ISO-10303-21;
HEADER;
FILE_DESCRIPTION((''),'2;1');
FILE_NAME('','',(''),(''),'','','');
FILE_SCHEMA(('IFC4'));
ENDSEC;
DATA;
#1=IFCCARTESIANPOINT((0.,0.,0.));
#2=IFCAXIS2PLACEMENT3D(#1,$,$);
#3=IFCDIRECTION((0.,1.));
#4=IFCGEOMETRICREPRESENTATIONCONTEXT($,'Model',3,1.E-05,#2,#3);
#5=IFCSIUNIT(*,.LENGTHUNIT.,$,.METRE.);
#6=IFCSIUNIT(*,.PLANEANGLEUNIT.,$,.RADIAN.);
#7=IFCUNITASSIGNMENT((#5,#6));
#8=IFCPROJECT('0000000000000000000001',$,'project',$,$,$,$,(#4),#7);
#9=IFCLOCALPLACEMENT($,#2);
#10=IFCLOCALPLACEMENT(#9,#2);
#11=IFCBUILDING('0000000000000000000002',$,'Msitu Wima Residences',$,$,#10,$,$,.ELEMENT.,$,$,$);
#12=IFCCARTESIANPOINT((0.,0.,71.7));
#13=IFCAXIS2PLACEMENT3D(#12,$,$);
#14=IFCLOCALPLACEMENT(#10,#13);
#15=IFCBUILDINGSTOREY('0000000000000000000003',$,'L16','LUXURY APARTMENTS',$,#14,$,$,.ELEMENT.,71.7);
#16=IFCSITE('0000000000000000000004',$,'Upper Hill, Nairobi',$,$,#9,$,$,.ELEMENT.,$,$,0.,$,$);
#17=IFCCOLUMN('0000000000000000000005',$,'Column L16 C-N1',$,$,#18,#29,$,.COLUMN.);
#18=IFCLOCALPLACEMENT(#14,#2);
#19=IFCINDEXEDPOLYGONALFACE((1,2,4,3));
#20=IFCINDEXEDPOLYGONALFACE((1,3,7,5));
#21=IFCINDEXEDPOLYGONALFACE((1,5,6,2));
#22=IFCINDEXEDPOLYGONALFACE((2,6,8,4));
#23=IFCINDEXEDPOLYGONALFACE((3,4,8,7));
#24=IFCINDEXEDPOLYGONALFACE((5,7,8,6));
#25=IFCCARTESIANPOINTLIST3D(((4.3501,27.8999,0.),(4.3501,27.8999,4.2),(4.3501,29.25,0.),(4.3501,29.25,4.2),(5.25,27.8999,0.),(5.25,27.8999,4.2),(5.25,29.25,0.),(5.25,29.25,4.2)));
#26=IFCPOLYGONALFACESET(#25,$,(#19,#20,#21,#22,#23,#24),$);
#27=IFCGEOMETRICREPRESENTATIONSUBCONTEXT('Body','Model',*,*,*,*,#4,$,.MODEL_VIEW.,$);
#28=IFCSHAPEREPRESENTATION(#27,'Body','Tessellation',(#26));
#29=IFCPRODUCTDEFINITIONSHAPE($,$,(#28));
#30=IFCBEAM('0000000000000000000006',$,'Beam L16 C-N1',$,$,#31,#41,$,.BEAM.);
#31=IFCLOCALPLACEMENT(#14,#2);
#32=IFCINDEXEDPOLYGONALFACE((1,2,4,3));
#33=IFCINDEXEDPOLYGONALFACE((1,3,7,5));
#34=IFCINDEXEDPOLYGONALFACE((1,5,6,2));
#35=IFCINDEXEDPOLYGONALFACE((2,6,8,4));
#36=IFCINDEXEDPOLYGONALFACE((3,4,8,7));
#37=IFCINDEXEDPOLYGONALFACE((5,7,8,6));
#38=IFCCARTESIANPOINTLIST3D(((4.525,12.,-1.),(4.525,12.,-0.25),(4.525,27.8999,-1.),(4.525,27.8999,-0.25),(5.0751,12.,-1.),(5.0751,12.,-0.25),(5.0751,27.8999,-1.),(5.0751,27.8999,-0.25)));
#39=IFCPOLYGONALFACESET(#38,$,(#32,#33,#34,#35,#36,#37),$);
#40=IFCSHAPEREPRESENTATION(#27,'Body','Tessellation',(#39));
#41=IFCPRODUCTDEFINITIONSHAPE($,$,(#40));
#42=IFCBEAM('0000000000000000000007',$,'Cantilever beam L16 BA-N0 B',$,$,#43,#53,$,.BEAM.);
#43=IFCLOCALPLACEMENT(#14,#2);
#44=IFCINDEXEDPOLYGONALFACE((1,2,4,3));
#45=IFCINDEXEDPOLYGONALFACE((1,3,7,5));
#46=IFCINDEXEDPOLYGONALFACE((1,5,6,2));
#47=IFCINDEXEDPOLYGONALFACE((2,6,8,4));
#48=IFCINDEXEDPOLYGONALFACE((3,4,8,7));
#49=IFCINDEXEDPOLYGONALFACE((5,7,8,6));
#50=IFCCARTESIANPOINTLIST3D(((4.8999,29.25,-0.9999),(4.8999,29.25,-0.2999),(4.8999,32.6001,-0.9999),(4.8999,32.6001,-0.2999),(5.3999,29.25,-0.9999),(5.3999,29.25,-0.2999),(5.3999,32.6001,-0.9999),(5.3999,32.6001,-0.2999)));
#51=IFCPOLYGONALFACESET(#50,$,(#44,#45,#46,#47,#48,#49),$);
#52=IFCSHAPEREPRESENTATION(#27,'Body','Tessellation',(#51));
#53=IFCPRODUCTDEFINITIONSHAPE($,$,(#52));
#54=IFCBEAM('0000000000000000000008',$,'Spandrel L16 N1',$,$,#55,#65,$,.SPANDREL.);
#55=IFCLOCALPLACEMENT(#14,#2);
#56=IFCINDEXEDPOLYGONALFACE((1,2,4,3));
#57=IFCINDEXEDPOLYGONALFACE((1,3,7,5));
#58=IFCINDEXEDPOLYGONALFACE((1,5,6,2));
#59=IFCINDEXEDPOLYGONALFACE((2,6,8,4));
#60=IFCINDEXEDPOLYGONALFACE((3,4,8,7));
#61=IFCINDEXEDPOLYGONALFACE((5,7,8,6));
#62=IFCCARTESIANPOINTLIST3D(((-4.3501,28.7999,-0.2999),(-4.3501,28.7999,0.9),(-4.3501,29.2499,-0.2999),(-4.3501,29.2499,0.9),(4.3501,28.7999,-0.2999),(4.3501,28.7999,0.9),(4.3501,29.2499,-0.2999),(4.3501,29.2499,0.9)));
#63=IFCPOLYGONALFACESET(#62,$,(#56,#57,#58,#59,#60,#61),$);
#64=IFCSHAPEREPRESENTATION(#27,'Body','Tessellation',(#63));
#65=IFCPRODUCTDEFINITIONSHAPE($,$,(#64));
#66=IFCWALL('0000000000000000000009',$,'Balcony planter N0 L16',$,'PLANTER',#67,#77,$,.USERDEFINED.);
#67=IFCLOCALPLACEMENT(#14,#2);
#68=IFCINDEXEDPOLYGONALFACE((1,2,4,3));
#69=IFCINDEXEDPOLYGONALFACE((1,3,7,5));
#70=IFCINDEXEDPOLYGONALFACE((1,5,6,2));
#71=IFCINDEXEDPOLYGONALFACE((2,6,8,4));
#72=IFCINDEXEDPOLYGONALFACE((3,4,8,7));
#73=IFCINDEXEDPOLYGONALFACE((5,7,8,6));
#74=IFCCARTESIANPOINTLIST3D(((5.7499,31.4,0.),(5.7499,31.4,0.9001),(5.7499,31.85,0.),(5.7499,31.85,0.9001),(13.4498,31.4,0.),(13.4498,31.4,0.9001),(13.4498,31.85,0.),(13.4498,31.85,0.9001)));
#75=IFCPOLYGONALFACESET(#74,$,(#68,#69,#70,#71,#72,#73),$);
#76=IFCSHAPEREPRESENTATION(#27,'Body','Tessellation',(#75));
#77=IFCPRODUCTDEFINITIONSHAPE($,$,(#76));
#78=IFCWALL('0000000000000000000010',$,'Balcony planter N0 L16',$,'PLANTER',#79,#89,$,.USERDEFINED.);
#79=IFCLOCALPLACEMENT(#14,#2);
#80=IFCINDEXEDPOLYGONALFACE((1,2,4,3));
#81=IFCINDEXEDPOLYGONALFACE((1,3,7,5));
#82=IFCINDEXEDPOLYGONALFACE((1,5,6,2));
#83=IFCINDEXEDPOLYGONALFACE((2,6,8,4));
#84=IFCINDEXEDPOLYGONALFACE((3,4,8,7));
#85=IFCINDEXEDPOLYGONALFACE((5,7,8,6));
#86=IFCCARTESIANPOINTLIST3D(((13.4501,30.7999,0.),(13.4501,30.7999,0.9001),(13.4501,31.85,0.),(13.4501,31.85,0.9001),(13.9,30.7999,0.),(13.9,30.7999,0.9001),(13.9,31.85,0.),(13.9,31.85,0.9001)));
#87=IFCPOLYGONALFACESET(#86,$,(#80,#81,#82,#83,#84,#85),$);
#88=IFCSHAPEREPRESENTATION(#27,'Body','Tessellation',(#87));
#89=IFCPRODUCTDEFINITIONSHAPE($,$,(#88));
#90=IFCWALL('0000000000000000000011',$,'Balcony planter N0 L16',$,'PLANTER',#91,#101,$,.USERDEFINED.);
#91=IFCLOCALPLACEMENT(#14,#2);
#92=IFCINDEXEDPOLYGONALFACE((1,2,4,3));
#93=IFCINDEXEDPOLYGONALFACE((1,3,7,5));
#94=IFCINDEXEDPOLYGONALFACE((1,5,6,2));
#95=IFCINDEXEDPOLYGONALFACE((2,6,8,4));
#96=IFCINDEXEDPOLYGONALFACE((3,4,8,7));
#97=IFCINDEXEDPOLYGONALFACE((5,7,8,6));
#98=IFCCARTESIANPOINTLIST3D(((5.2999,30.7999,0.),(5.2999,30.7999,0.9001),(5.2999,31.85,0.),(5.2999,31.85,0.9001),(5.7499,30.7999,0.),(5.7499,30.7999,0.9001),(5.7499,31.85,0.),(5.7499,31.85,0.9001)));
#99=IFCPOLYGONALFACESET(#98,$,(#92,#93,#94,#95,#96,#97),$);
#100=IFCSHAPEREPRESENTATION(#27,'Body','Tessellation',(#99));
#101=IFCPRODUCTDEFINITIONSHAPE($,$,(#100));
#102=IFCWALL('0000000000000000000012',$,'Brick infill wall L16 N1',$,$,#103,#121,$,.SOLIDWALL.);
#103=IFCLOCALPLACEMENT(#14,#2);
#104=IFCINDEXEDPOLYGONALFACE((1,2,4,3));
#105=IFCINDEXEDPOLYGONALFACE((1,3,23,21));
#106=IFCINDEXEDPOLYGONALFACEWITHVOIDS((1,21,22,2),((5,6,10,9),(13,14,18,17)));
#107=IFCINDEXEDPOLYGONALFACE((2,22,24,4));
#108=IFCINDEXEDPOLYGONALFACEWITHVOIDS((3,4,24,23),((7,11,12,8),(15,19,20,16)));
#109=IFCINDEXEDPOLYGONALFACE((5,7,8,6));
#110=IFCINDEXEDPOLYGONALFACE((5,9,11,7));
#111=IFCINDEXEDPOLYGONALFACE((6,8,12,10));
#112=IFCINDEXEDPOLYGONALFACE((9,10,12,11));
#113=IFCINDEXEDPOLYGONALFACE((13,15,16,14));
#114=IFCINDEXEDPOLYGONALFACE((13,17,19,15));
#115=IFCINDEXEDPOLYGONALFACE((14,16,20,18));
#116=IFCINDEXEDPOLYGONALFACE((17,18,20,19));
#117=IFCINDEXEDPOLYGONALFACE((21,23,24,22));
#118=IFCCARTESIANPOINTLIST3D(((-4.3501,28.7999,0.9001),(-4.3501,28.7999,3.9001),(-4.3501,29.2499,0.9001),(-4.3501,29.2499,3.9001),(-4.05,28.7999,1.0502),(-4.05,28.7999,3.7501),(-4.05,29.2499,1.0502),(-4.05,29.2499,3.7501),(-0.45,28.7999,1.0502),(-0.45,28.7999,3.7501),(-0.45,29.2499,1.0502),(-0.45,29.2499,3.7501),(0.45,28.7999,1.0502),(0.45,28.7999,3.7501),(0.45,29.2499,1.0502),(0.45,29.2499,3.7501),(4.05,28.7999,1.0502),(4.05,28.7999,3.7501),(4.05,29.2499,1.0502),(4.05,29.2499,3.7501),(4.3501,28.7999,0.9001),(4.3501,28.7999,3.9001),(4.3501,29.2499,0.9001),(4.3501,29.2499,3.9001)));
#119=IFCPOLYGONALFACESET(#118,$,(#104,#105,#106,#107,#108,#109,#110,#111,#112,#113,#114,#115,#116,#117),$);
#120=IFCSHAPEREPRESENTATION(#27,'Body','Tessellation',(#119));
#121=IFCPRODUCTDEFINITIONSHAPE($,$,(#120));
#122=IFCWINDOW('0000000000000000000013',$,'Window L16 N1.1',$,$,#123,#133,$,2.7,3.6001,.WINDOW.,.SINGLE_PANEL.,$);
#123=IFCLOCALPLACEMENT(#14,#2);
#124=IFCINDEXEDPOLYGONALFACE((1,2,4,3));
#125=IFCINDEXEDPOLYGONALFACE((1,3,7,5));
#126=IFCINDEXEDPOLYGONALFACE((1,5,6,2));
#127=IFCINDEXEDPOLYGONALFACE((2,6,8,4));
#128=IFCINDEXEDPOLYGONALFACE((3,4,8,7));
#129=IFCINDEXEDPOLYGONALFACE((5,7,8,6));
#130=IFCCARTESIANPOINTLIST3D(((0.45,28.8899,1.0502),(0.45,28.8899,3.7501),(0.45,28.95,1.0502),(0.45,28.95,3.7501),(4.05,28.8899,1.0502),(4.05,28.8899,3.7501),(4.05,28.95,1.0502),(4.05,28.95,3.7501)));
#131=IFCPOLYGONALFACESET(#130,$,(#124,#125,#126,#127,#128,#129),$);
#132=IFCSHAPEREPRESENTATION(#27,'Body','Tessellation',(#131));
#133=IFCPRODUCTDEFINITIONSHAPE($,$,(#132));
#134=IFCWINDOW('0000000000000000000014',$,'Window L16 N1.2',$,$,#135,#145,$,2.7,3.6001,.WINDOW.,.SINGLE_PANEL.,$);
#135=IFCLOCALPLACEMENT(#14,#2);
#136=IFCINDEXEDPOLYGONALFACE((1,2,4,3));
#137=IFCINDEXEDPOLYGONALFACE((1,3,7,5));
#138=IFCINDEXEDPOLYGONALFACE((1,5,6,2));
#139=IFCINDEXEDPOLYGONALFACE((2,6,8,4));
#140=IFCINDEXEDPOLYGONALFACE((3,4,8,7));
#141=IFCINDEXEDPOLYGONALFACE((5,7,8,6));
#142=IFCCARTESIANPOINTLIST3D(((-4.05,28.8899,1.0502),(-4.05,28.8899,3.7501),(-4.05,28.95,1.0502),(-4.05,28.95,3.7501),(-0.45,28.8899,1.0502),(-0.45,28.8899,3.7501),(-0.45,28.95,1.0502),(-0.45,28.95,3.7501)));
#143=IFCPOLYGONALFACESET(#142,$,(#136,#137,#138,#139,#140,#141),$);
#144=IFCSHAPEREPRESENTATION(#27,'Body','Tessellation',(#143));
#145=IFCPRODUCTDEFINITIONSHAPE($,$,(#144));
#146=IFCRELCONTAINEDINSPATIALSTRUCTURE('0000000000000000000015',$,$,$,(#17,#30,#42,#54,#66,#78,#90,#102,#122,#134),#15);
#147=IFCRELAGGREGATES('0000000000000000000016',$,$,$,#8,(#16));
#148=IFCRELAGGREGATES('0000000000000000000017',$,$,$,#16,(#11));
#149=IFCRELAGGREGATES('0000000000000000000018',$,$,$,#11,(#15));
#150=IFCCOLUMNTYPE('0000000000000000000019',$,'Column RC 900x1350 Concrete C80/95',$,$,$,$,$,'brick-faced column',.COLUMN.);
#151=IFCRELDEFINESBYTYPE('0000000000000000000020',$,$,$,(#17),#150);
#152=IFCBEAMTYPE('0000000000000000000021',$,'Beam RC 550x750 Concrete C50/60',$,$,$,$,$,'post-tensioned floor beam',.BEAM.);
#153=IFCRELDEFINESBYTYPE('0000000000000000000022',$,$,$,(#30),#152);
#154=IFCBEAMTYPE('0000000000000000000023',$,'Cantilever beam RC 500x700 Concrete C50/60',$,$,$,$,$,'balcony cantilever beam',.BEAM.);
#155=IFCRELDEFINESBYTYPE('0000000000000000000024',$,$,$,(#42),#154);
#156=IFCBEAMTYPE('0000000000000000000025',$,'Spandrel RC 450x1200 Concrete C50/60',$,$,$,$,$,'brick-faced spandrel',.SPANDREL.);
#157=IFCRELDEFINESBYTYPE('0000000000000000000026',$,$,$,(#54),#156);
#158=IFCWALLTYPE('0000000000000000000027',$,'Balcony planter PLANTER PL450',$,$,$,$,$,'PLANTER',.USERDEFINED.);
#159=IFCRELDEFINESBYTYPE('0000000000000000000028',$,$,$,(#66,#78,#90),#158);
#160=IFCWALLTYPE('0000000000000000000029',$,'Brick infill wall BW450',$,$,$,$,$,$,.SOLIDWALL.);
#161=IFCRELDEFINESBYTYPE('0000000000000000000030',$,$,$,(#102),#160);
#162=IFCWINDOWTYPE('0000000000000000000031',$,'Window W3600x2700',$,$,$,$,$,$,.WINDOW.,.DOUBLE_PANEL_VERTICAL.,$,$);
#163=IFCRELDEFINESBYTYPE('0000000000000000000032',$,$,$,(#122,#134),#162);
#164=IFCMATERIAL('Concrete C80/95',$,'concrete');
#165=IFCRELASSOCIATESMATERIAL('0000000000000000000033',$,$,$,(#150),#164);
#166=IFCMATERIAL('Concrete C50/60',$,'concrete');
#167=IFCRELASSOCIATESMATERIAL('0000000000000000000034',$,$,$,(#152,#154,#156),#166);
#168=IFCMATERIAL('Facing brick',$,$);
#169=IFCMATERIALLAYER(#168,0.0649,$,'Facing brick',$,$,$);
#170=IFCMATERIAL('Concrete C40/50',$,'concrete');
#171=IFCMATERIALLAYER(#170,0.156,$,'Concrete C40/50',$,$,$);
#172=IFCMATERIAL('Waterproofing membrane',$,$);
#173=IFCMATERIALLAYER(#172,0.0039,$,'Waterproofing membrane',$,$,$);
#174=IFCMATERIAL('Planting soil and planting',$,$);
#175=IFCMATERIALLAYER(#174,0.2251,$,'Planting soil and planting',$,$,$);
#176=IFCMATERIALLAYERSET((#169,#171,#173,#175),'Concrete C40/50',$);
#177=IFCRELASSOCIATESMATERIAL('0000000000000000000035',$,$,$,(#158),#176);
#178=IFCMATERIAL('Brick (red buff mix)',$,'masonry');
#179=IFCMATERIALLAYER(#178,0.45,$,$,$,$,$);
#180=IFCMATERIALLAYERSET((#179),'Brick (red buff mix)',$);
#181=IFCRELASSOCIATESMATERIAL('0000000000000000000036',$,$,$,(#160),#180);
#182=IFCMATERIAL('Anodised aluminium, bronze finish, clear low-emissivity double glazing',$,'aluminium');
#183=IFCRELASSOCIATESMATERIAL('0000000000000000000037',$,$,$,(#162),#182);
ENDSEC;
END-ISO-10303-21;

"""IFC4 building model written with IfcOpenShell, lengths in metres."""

from ifc_helpers import new_model, si_unit, direction, frame, frame_2d, origin, origin_2d, place, context, subcontext, project, spatial, rectangle, extrude, material, layer, layer_set, material_profile, profile_set, type_object, element, fill, save


model = new_model("IFC4")

# Units and contexts
model_context = context("Model", 3, precision=1e-05, world=origin(), true_north=direction((0.0, 1.0)))
body_context = subcontext(model_context, "Body", "Model", "MODEL_VIEW")
ifc_project = project(units=[si_unit("LENGTHUNIT", "METRE"), si_unit("PLANEANGLEUNIT", "RADIAN")], contexts=[model_context])

# Site, building, storey
site_placement = place(None, origin())
site = spatial("IfcSite", under=ifc_project, at=site_placement, Name="Upper Hill, Nairobi", CompositionType="ELEMENT", RefElevation=0.0)
building_placement = place(site_placement, origin())
building = spatial("IfcBuilding", under=site, at=building_placement, Name="Msitu Wima Residences", CompositionType="ELEMENT")
storey_placement = place(building_placement, frame((0.0, 0.0, 71.7)))
storey = spatial("IfcBuildingStorey", under=building, at=storey_placement, Name="L16", Description="LUXURY APARTMENTS", CompositionType="ELEMENT", Elevation=71.7)

# Column
ifc_material_1 = material(Name="Concrete C80/95", Category="concrete")
ifc_material_profile_1 = material_profile(ifc_material_1, rectangle(XDim=0.8999, YDim=1.3501, at=origin_2d()), Name="RC 900x1350")
ifc_profile_set_1 = profile_set([ifc_material_profile_1], Name="Concrete C80/95")
column_type = type_object("IfcColumnType", Name="Column RC 900x1350 Concrete C80/95", ElementType="brick-faced column", PredefinedType="COLUMN", material=ifc_profile_set_1)
column_placement = place(storey_placement, frame((4.8, 28.575, 0.0), z_axis=(0.0, 0.0, 1.0), x_axis=(-1.0, 0.0, 0.0)))
element("IfcColumn", 1, at=column_placement, inside=storey, type_object=column_type, Name="Column L16 C-N1", PredefinedType="COLUMN", context=body_context, shape_type="SweptSolid", body=[
    extrude(rectangle(XDim=0.8999, YDim=1.3501, at=origin_2d()), origin(), (0.0, 0.0, 1.0), 4.2),
])

# Beams
ifc_material_2 = material(Name="Concrete C50/60", Category="concrete")
ifc_material_profile_2 = material_profile(ifc_material_2, rectangle(XDim=0.55, YDim=0.75, at=origin_2d()), Name="RC 550x750")
ifc_profile_set_2 = profile_set([ifc_material_profile_2], Name="Concrete C50/60")
beam_type_1 = type_object("IfcBeamType", Name="Beam RC 550x750 Concrete C50/60", ElementType="post-tensioned floor beam", PredefinedType="BEAM", material=ifc_profile_set_2)
beam_1_placement = place(storey_placement, frame((4.8, 27.8999, -0.625), z_axis=(0.0, -1.0, 0.0), x_axis=(1.0, 0.0, 0.0)))
element("IfcBeam", 2, at=beam_1_placement, inside=storey, type_object=beam_type_1, Name="Beam L16 C-N1", PredefinedType="BEAM", context=body_context, shape_type="SweptSolid", body=[
    extrude(rectangle(XDim=0.55, YDim=0.75, at=origin_2d()), origin(), (0.0, 0.0, 1.0), 15.8999),
])
ifc_material_profile_3 = material_profile(ifc_material_2, rectangle(XDim=0.5, YDim=0.7, at=origin_2d()), Name="RC 500x700")
ifc_profile_set_3 = profile_set([ifc_material_profile_3], Name="Concrete C50/60")
beam_type_2 = type_object("IfcBeamType", Name="Cantilever beam RC 500x700 Concrete C50/60", ElementType="balcony cantilever beam", PredefinedType="BEAM", material=ifc_profile_set_3)
beam_2_placement = place(storey_placement, frame((5.1499, 29.25, -0.6499), z_axis=(0.0, 1.0, 0.0), x_axis=(-1.0, 0.0, 0.0)))
element("IfcBeam", 3, at=beam_2_placement, inside=storey, type_object=beam_type_2, Name="Cantilever beam L16 BA-N0 B", PredefinedType="BEAM", context=body_context, shape_type="SweptSolid", body=[
    extrude(rectangle(XDim=0.5, YDim=0.7, at=origin_2d()), origin(), (0.0, 0.0, 1.0), 3.3501),
])
ifc_material_profile_4 = material_profile(ifc_material_2, rectangle(XDim=0.45, YDim=1.2, at=origin_2d()), Name="RC 450x1200")
ifc_profile_set_4 = profile_set([ifc_material_profile_4], Name="Concrete C50/60")
beam_type_3 = type_object("IfcBeamType", Name="Spandrel RC 450x1200 Concrete C50/60", ElementType="brick-faced spandrel", PredefinedType="SPANDREL", material=ifc_profile_set_4)
beam_3_placement = place(storey_placement, frame((4.3501, 29.0249, 0.3), z_axis=(-1.0, 0.0, 0.0), x_axis=(0.0, -1.0, 0.0)))
element("IfcBeam", 4, at=beam_3_placement, inside=storey, type_object=beam_type_3, Name="Spandrel L16 N1", PredefinedType="SPANDREL", context=body_context, shape_type="SweptSolid", body=[
    extrude(rectangle(XDim=0.45, YDim=1.2, at=origin_2d()), origin(), (0.0, 0.0, 1.0), 8.7002),
])

# Walls
ifc_material_3 = material(Name="Facing brick")
ifc_layer_1 = layer(ifc_material_3, 0.0649, Name="Facing brick")
ifc_material_4 = material(Name="Concrete C40/50", Category="concrete")
ifc_layer_2 = layer(ifc_material_4, 0.156, Name="Concrete C40/50")
ifc_material_5 = material(Name="Waterproofing membrane")
ifc_layer_3 = layer(ifc_material_5, 0.0039, Name="Waterproofing membrane")
ifc_material_6 = material(Name="Planting soil and planting")
ifc_layer_4 = layer(ifc_material_6, 0.2251, Name="Planting soil and planting")
ifc_layer_set_1 = layer_set([ifc_layer_1, ifc_layer_2, ifc_layer_3, ifc_layer_4], Name="Concrete C40/50")
wall_type_1 = type_object("IfcWallType", Name="Balcony planter PLANTER PL450", ElementType="PLANTER", PredefinedType="USERDEFINED", material=ifc_layer_set_1)
wall_1_placement = place(storey_placement, frame((13.45, 31.625, 0.0), z_axis=(0.0, 0.0, 1.0), x_axis=(-1.0, 0.0, 0.0)))
element("IfcWall", 5, at=wall_1_placement, inside=storey, type_object=wall_type_1, Name="Balcony planter N0 L16", ObjectType="PLANTER", PredefinedType="USERDEFINED", context=body_context, shape_type="SweptSolid", body=[
    extrude(rectangle(XDim=7.7, YDim=0.45, at=frame_2d((3.8501, 0.0))), origin(), (0.0, 0.0, 1.0), 0.9001),
])
for number, where, z_axis, x_axis, name in (
    (6, (13.675, 30.8, 0.0), (0.0, 0.0, 1.0), (0.0, 1.0, 0.0), "Balcony planter N0 L16"),
    (7, (5.5249, 30.8, 0.0), (0.0, 0.0, 1.0), (0.0, 1.0, 0.0), "Balcony planter N0 L16"),
):
    element("IfcWall", number, at=place(storey_placement, frame(where, z_axis=z_axis, x_axis=x_axis)), inside=storey, type_object=wall_type_1, Name=name, ObjectType="PLANTER", PredefinedType="USERDEFINED", context=body_context, shape_type="SweptSolid", body=[
        extrude(rectangle(XDim=1.05, YDim=0.45, at=frame_2d((0.5249, 0.0))), origin(), (0.0, 0.0, 1.0), 0.9001),
    ])

# Wall, openings, windows
ifc_material_7 = material(Name="Brick (red buff mix)", Category="masonry")
ifc_layer_5 = layer(ifc_material_7, 0.45)
ifc_layer_set_2 = layer_set([ifc_layer_5], Name="Brick (red buff mix)")
wall_type_2 = type_object("IfcWallType", Name="Brick infill wall BW450", PredefinedType="SOLIDWALL", material=ifc_layer_set_2)
wall_2_placement = place(storey_placement, frame((4.3501, 29.0249, 0.9001), z_axis=(0.0, 0.0, 1.0), x_axis=(-1.0, 0.0, 0.0)))
wall_2 = element("IfcWall", 8, at=wall_2_placement, inside=storey, type_object=wall_type_2, Name="Brick infill wall L16 N1", PredefinedType="SOLIDWALL", context=body_context, shape_type="SweptSolid", body=[
    extrude(rectangle(XDim=8.7002, YDim=0.45, at=frame_2d((4.3501, 0.0))), origin(), (0.0, 0.0, 1.0), 3.0),
])
opening_1_placement = place(wall_2_placement, frame((0.3, 0.0, 0.1499)))
opening_1 = element("IfcOpeningElement", 9, at=opening_1_placement, cuts=wall_2, PredefinedType="OPENING", context=body_context, shape_type="SweptSolid", body=[
    extrude(rectangle(XDim=3.6001, YDim=2.7, at=frame_2d((1.8, 1.3501))), frame((0.0, 0.2349, 0.0), z_axis=(0.0, -1.0, 0.0), x_axis=(1.0, 0.0, 0.0)), (0.0, 0.0, 1.0), 0.47),
])
opening_2_placement = place(wall_2_placement, frame((4.8, 0.0, 0.1499)))
opening_2 = element("IfcOpeningElement", 10, at=opening_2_placement, cuts=wall_2, PredefinedType="OPENING", context=body_context, shape_type="SweptSolid", body=[
    extrude(rectangle(XDim=3.6001, YDim=2.7, at=frame_2d((1.8, 1.3501))), frame((0.0, 0.2349, 0.0), z_axis=(0.0, -1.0, 0.0), x_axis=(1.0, 0.0, 0.0)), (0.0, 0.0, 1.0), 0.47),
])
ifc_material_8 = material(Name="Anodised aluminium, bronze finish, clear low-emissivity double glazing", Category="aluminium")
window_type = type_object("IfcWindowType", Name="Window W3600x2700", PartitioningType="DOUBLE_PANEL_VERTICAL", PredefinedType="WINDOW", material=ifc_material_8)
window_1_placement = place(opening_1_placement, origin())
window_1 = element("IfcWindow", 11, at=window_1_placement, inside=storey, type_object=window_type, Name="Window L16 N1.1", OverallHeight=2.7, OverallWidth=3.6001, PartitioningType="SINGLE_PANEL", PredefinedType="WINDOW", context=body_context, shape_type="SweptSolid", body=[
    extrude(rectangle(XDim=3.6001, YDim=2.7, at=frame_2d((1.8, 1.3501))), frame((0.0, 0.135, 0.0), z_axis=(0.0, -1.0, 0.0), x_axis=(1.0, 0.0, 0.0)), (0.0, 0.0, 1.0), 0.0601),
])
fill(opening_1, window_1)
window_2_placement = place(opening_2_placement, origin())
window_2 = element("IfcWindow", 12, at=window_2_placement, inside=storey, type_object=window_type, Name="Window L16 N1.2", OverallHeight=2.7, OverallWidth=3.6001, PartitioningType="SINGLE_PANEL", PredefinedType="WINDOW", context=body_context, shape_type="SweptSolid", body=[
    extrude(rectangle(XDim=3.6001, YDim=2.7, at=frame_2d((1.8, 1.3501))), frame((0.0, 0.135, 0.0), z_axis=(0.0, -1.0, 0.0), x_axis=(1.0, 0.0, 0.0)), (0.0, 0.0, 1.0), 0.0601),
])
fill(opening_2, window_2)

save(model, "model.ifc")
